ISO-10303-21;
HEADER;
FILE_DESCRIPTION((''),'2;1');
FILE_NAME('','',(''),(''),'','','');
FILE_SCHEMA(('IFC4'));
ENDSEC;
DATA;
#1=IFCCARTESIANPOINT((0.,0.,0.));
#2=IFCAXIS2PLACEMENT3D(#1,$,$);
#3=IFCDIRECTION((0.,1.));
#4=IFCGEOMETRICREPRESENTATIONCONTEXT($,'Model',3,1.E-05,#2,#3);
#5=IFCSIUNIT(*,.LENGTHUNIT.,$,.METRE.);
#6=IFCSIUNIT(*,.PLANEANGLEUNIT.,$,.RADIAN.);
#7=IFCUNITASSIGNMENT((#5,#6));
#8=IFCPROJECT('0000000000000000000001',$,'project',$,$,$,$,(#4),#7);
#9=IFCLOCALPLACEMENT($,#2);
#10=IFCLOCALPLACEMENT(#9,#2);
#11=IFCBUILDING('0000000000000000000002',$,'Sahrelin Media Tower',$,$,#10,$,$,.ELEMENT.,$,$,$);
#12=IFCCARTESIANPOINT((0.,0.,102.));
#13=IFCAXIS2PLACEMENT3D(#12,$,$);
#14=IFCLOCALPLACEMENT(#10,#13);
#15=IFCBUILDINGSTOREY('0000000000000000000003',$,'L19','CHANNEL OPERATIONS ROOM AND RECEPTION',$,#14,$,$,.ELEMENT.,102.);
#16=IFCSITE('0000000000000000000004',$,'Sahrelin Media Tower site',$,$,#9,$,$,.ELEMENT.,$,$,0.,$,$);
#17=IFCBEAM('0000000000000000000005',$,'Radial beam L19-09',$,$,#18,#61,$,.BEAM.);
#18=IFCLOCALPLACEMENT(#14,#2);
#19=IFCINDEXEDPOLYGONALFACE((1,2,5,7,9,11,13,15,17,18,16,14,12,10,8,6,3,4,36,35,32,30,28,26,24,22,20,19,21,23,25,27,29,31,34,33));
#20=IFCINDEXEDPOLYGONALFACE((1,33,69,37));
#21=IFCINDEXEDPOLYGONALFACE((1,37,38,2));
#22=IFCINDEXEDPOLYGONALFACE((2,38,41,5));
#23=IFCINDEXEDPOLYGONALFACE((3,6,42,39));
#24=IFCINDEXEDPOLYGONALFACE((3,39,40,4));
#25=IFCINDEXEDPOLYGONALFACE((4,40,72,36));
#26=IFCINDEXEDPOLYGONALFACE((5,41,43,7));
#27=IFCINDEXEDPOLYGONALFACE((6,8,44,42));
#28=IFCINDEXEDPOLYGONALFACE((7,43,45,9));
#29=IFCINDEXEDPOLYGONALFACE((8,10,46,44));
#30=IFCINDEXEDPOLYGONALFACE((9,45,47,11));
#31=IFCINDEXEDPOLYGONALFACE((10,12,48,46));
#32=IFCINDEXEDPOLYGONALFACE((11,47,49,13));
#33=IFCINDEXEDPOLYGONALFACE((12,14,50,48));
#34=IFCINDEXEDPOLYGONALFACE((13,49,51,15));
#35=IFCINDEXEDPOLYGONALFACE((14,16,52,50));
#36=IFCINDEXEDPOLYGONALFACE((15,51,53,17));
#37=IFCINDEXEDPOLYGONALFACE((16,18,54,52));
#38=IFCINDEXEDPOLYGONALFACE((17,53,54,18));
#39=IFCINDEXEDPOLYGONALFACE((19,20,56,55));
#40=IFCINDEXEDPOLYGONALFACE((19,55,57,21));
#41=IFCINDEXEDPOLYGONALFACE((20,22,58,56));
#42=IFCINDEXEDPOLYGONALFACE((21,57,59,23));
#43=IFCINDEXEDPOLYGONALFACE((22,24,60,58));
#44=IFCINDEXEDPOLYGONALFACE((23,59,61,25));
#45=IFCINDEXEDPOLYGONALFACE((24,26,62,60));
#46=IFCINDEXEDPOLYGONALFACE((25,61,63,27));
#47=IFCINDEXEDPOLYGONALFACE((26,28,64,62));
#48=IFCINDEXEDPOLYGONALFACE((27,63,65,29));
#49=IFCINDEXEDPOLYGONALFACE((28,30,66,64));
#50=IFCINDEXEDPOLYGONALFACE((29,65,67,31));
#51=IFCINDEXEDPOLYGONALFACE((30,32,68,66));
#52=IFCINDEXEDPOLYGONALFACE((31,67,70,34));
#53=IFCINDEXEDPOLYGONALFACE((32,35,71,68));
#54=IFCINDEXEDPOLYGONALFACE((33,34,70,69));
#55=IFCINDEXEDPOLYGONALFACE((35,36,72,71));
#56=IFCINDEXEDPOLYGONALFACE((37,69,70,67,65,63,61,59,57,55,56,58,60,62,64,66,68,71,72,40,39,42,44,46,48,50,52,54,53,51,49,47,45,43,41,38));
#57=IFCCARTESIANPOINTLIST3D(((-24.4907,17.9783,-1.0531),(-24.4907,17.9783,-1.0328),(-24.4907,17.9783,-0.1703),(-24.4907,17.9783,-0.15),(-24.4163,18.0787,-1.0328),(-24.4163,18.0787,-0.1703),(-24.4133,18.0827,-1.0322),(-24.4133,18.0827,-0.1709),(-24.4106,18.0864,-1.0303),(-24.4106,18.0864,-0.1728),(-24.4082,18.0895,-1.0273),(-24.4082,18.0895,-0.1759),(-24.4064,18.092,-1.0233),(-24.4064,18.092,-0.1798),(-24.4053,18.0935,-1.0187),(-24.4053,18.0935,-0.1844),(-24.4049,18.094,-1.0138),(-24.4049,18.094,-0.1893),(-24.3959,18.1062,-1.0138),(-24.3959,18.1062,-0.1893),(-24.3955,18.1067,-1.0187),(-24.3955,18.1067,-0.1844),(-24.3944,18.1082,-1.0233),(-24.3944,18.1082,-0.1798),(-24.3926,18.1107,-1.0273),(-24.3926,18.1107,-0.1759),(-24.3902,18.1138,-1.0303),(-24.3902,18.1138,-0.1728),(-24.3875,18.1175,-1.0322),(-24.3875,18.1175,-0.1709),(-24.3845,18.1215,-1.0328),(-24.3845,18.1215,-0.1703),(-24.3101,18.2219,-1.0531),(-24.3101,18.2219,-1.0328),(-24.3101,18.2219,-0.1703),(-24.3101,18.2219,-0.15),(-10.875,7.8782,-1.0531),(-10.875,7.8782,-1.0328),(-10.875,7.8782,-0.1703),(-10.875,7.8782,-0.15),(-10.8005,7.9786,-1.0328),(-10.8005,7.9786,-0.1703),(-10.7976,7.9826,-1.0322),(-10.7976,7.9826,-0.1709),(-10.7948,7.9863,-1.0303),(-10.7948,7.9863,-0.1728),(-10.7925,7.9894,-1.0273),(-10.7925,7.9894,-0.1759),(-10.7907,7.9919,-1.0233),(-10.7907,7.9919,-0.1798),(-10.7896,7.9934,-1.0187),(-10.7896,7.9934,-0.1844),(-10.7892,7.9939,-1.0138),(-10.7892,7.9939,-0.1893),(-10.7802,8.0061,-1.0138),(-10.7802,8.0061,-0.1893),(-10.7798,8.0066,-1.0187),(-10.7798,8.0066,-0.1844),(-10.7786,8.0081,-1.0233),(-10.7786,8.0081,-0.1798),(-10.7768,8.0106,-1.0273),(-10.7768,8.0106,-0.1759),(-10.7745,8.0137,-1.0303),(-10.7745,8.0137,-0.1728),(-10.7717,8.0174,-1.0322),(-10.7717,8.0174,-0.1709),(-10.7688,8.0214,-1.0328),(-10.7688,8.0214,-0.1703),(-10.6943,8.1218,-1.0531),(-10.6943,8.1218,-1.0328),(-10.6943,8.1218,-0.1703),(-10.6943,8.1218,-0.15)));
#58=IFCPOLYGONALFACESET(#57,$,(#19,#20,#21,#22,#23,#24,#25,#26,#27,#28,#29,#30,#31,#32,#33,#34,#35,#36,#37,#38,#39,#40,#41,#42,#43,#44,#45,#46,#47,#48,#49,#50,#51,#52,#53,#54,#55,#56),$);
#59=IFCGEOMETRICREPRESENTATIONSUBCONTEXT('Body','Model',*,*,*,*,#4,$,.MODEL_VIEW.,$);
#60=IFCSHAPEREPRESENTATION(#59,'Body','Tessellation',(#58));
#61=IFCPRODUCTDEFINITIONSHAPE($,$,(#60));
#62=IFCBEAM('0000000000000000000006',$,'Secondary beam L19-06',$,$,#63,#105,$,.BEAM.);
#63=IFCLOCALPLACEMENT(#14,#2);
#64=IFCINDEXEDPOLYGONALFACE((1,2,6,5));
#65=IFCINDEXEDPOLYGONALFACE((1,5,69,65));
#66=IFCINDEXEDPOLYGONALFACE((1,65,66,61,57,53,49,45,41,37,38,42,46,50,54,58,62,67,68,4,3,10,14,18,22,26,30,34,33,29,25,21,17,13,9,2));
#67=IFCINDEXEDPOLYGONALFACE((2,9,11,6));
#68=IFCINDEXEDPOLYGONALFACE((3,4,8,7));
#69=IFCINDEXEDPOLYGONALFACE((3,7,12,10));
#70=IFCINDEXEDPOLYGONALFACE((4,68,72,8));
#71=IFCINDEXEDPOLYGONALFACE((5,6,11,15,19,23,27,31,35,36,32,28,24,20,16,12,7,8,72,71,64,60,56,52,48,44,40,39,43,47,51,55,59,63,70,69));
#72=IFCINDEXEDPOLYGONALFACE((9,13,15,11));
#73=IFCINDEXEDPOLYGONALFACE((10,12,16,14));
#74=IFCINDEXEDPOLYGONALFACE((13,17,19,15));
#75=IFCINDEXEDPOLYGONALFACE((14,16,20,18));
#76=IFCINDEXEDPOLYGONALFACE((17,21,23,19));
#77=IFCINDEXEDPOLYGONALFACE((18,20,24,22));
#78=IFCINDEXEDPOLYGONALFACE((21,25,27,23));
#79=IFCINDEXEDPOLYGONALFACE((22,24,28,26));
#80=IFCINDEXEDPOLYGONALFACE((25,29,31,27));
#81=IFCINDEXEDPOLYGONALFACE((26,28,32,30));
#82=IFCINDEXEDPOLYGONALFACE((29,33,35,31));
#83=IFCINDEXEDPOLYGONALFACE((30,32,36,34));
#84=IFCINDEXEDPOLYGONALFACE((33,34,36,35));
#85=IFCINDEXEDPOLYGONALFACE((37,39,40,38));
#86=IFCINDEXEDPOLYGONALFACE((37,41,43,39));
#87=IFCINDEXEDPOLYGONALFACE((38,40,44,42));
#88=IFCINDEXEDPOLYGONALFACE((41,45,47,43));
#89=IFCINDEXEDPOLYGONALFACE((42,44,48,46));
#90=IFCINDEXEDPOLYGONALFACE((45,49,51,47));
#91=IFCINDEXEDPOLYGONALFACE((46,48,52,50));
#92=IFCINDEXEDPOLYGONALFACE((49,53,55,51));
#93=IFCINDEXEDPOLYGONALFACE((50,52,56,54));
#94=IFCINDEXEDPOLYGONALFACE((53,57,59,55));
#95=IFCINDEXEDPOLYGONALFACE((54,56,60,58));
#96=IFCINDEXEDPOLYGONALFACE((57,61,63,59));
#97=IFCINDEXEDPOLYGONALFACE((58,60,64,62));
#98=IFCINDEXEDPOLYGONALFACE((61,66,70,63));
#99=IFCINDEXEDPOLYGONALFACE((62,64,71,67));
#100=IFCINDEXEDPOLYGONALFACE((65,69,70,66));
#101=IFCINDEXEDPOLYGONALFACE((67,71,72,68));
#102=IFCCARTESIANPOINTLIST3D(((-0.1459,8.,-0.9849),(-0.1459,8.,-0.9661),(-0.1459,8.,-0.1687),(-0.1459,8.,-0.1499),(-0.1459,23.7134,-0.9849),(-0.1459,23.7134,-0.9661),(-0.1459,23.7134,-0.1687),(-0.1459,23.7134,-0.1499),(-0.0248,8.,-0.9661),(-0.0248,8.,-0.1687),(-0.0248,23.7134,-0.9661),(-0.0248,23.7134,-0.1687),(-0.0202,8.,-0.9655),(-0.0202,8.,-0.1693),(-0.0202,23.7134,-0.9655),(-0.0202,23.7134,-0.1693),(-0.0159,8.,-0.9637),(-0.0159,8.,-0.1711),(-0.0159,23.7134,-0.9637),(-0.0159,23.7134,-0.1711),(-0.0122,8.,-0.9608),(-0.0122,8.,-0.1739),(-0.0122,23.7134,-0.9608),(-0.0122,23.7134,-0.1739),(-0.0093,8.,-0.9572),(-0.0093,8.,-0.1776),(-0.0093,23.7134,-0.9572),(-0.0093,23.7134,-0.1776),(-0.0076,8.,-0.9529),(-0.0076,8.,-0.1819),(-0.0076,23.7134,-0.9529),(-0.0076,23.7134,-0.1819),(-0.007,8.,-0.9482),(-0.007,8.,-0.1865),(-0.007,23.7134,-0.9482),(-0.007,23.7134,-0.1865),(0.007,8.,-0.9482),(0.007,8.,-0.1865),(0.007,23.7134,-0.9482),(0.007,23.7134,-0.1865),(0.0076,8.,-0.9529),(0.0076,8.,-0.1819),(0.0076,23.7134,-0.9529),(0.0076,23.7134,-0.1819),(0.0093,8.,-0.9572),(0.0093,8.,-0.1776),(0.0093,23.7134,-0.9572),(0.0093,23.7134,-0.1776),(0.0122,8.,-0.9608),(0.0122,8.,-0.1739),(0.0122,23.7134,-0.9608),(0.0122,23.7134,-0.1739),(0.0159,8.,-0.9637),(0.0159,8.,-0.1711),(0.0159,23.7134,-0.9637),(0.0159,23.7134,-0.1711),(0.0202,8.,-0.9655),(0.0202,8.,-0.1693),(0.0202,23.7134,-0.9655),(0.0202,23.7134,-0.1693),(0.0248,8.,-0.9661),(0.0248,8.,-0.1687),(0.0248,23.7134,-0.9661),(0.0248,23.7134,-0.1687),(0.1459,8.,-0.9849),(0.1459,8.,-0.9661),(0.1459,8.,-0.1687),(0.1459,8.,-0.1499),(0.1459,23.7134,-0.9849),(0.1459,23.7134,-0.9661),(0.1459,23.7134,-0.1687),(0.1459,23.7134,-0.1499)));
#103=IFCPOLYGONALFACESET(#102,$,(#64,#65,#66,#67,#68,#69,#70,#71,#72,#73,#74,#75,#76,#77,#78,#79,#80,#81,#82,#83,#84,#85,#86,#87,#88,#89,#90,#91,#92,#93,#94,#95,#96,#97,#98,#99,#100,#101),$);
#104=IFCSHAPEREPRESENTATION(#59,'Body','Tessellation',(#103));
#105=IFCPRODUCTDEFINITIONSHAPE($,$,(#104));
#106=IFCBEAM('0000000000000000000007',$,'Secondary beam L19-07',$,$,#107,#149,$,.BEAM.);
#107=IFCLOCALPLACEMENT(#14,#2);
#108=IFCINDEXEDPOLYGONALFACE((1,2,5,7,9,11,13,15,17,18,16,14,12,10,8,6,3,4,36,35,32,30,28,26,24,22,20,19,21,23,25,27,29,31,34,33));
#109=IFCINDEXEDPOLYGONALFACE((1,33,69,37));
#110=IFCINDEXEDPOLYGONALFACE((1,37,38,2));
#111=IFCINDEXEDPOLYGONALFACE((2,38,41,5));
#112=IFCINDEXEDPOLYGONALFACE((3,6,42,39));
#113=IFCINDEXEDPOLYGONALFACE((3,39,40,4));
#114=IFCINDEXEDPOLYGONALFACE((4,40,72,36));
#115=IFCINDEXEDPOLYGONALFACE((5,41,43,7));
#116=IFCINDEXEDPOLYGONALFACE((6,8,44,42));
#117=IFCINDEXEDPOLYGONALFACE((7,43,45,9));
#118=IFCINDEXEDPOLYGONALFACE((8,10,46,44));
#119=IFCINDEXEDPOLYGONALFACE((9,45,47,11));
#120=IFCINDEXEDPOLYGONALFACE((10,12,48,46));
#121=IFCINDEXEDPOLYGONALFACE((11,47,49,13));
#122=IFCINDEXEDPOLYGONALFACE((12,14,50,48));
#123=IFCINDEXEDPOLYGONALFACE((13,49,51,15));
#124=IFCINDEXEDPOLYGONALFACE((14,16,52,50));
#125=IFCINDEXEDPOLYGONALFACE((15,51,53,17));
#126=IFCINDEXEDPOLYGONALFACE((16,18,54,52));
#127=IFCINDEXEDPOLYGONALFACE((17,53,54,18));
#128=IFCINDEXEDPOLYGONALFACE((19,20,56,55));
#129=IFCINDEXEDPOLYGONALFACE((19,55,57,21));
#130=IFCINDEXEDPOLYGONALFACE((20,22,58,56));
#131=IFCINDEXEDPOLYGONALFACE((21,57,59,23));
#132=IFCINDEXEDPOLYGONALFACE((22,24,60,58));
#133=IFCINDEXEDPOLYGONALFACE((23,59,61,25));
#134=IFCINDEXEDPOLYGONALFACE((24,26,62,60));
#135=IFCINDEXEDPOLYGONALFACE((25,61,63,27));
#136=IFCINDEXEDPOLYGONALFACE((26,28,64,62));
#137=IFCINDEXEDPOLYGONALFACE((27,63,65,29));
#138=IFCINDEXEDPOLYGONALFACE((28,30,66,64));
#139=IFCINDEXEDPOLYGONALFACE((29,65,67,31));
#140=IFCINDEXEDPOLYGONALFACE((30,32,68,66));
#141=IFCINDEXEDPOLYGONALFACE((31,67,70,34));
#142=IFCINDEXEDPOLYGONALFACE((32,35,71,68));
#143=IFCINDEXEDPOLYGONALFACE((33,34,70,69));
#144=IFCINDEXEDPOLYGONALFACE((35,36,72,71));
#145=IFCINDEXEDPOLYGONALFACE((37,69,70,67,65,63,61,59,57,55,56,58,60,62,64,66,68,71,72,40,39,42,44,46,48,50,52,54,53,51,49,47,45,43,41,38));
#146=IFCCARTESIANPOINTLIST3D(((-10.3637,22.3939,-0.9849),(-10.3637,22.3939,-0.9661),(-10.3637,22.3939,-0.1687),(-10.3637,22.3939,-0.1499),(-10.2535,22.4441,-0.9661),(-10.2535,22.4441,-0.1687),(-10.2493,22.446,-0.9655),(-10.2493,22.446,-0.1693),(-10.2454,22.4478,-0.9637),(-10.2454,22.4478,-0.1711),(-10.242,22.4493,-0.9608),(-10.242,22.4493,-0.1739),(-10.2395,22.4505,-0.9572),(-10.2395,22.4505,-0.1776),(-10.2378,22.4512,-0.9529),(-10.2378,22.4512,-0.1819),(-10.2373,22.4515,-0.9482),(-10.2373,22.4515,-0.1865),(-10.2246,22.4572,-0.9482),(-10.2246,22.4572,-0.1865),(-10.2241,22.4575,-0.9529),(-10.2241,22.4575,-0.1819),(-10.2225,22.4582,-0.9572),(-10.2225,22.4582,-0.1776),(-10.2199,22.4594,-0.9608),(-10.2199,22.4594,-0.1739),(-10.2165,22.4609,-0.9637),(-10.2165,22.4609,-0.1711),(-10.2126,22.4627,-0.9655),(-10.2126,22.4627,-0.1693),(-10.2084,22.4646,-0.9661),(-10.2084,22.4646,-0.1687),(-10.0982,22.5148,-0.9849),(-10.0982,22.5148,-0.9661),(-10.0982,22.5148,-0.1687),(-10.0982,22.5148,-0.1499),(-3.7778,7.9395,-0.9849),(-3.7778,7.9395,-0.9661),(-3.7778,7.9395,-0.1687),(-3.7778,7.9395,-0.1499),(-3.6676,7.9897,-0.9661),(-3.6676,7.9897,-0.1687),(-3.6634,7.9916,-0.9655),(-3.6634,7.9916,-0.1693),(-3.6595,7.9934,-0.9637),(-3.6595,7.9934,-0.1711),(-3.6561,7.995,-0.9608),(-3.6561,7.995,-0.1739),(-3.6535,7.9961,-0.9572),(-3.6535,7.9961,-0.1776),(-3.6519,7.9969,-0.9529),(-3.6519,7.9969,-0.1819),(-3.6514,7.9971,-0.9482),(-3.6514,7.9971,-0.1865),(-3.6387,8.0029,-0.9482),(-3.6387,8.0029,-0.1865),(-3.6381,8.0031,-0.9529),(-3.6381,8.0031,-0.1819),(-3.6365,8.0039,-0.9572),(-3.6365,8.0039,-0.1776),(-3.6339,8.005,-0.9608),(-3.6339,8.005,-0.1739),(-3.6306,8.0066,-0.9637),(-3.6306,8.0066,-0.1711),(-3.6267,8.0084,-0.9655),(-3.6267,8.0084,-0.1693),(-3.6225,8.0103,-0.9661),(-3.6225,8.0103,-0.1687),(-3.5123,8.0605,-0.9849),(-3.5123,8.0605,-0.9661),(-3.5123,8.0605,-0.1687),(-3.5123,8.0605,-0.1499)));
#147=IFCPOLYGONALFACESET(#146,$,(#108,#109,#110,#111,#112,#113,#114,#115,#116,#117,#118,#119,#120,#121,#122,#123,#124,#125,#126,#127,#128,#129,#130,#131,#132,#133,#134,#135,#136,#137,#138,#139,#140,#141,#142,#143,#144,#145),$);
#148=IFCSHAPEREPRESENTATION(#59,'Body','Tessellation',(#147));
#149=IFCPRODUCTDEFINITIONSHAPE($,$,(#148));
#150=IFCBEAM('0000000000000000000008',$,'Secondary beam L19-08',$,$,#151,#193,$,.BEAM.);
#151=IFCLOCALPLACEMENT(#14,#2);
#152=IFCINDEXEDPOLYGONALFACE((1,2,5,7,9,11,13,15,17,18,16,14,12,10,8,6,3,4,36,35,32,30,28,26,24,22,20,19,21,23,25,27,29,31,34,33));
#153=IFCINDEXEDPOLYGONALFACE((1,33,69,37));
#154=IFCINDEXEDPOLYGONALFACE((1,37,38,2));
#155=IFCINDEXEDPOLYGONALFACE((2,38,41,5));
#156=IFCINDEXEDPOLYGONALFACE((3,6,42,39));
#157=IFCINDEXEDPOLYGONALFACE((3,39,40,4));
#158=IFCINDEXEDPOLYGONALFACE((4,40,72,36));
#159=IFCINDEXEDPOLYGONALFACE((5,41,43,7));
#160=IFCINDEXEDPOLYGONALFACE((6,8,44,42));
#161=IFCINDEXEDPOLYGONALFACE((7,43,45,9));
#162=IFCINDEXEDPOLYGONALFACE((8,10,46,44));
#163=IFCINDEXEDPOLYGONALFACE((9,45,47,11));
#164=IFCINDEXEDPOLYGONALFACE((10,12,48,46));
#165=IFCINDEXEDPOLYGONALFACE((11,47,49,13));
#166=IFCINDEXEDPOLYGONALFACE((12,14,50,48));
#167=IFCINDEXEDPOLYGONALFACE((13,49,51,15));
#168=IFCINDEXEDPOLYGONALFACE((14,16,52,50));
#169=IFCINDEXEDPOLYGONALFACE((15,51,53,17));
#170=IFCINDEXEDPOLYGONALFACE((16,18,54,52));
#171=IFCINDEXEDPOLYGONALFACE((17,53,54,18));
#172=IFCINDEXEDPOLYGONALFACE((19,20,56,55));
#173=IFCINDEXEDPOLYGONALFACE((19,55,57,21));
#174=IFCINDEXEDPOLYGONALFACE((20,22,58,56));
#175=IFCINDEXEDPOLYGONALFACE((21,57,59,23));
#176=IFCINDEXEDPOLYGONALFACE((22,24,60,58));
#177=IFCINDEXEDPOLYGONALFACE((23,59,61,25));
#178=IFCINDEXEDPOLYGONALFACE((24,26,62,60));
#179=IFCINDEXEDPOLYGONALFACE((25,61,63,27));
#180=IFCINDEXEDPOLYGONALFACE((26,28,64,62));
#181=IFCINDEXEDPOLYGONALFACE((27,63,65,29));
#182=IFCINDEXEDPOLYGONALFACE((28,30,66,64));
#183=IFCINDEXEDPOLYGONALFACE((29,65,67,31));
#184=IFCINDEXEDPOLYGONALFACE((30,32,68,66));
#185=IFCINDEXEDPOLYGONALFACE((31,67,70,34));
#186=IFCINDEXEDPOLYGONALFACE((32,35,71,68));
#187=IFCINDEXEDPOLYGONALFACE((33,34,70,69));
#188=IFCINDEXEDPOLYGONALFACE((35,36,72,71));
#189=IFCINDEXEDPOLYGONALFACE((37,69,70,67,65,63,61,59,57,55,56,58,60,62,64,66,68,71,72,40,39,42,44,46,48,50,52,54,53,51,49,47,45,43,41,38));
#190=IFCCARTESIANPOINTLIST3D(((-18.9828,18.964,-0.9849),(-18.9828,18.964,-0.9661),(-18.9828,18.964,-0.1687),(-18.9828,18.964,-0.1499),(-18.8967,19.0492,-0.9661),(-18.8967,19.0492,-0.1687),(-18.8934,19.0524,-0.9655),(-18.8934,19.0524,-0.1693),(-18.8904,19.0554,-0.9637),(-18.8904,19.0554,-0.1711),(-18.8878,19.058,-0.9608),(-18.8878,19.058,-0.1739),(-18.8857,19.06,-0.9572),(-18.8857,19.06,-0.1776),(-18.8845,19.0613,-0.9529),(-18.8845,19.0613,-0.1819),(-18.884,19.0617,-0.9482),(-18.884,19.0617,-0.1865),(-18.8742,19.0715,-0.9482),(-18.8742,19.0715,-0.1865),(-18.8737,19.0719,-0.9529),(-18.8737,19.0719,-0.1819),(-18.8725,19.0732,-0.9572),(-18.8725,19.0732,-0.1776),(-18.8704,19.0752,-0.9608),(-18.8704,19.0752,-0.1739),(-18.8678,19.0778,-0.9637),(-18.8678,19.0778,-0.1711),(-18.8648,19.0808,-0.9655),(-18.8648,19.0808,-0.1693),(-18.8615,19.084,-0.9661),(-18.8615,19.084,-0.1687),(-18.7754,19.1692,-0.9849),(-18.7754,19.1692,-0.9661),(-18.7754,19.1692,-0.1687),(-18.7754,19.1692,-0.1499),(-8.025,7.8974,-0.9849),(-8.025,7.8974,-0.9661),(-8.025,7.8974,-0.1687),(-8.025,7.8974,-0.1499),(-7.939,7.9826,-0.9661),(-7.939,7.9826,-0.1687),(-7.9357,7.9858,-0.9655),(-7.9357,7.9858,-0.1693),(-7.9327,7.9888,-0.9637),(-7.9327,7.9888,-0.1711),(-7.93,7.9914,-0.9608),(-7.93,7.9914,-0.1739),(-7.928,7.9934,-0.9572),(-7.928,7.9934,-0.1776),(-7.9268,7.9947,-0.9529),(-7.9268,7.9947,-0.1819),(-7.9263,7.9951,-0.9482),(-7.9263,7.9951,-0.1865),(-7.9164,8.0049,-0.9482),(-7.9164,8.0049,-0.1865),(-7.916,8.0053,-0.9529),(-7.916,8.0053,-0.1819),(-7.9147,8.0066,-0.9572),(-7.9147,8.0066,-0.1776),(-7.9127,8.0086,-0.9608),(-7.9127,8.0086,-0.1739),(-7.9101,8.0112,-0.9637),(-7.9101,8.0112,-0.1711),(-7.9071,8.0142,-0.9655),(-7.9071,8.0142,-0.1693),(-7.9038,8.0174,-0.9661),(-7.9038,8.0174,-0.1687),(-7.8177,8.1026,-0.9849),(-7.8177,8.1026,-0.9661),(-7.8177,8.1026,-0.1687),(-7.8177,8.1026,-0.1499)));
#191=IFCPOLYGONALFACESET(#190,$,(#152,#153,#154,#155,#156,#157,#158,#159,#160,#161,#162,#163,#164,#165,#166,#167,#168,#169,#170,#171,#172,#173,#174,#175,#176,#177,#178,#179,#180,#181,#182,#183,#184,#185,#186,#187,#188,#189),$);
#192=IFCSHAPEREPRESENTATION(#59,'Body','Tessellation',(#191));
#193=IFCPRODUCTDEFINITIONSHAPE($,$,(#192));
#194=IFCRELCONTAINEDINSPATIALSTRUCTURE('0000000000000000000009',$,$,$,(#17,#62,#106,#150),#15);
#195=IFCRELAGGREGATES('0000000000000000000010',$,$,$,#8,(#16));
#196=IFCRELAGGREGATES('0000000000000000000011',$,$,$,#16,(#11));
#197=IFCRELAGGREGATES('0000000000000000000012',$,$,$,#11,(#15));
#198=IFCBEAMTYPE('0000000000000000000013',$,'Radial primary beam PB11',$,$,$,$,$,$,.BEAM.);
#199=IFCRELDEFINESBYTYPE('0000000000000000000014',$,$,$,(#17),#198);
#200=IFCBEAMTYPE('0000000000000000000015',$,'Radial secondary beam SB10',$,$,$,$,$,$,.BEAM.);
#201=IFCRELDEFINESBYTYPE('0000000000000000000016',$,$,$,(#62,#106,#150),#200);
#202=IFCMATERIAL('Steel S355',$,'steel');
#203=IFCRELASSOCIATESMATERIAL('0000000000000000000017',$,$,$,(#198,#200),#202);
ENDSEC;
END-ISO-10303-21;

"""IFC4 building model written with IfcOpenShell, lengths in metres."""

from ifc_helpers import new_model, si_unit, direction, frame, origin, origin_2d, place, context, subcontext, project, spatial, i_section, extrude, material, material_profile, profile_set, type_object, element, save


model = new_model("IFC4")

# Units and contexts
model_context = context("Model", 3, precision=1e-05, world=origin(), true_north=direction((0.0, 1.0)))
body_context = subcontext(model_context, "Body", "Model", "MODEL_VIEW")
ifc_project = project(units=[si_unit("LENGTHUNIT", "METRE"), si_unit("PLANEANGLEUNIT", "RADIAN")], contexts=[model_context])

# Site, building, storey
site_placement = place(None, origin())
site = spatial("IfcSite", under=ifc_project, at=site_placement, Name="Sahrelin Media Tower site", CompositionType="ELEMENT", RefElevation=0.0)
building_placement = place(site_placement, origin())
building = spatial("IfcBuilding", under=site, at=building_placement, Name="Sahrelin Media Tower", CompositionType="ELEMENT")
storey_placement = place(building_placement, frame((0.0, 0.0, 102.0)))
storey = spatial("IfcBuildingStorey", under=building, at=storey_placement, Name="L19", Description="CHANNEL OPERATIONS ROOM AND RECEPTION", CompositionType="ELEMENT", Elevation=102.0)

# Shared definitions
ifc_material_1 = material(Name="Steel S355", Category="steel")

# Beams
ifc_material_profile_1 = material_profile(ifc_material_1, i_section(OverallWidth=0.3032, OverallDepth=0.9031, WebThickness=0.0151, FlangeThickness=0.0203, FilletRadius=0.019, at=origin_2d()), Name="UB 914x305x201")
ifc_profile_set_1 = profile_set([ifc_material_profile_1], Name="Steel S355")
beam_type_1 = type_object("IfcBeamType", Name="Radial primary beam PB11", PredefinedType="BEAM", material=ifc_profile_set_1)
beam_1_placement = place(storey_placement, frame((-10.7847, 8.0, -0.6016), z_axis=(-0.803151, 0.595775, 0.0), x_axis=(-0.595775, -0.803151, 0.0)))
element("IfcBeam", 1, at=beam_1_placement, inside=storey, type_object=beam_type_1, Name="Radial beam L19-09", PredefinedType="BEAM", context=body_context, shape_type="SweptSolid", body=[
    extrude(i_section(OverallWidth=0.3032, OverallDepth=0.9031, WebThickness=0.0151, FlangeThickness=0.0203, FilletRadius=0.019, at=origin_2d()), origin(), (0.0, 0.0, 1.0), 16.9529),
])
ifc_material_profile_2 = material_profile(ifc_material_1, i_section(OverallWidth=0.2917, OverallDepth=0.835, WebThickness=0.0139, FlangeThickness=0.0188, FilletRadius=0.0178, at=origin_2d()), Name="UB 838x292x176")
ifc_profile_set_2 = profile_set([ifc_material_profile_2], Name="Steel S355")
beam_type_2 = type_object("IfcBeamType", Name="Radial secondary beam SB10", PredefinedType="BEAM", material=ifc_profile_set_2)
beam_2_placement = place(storey_placement, frame((0.0, 8.0, -0.5674), z_axis=(0.0, 1.0, 0.0), x_axis=(-1.0, 0.0, 0.0)))
element("IfcBeam", 2, at=beam_2_placement, inside=storey, type_object=beam_type_2, Name="Secondary beam L19-06", PredefinedType="BEAM", context=body_context, shape_type="SweptSolid", body=[
    extrude(i_section(OverallWidth=0.2917, OverallDepth=0.835, WebThickness=0.0139, FlangeThickness=0.0188, FilletRadius=0.0178, at=origin_2d()), origin(), (0.0, 0.0, 1.0), 15.7134),
])
beam_3_placement = place(storey_placement, frame((-3.645, 8.0, -0.5674), z_axis=(-0.414626, 0.909992, 0.0), x_axis=(-0.909992, -0.414626, 0.0)))
element("IfcBeam", 3, at=beam_3_placement, inside=storey, type_object=beam_type_2, Name="Secondary beam L19-07", PredefinedType="BEAM", context=body_context, shape_type="SweptSolid", body=[
    extrude(i_section(OverallWidth=0.2917, OverallDepth=0.835, WebThickness=0.0139, FlangeThickness=0.0188, FilletRadius=0.0178, at=origin_2d()), origin(), (0.0, 0.0, 1.0), 15.884),
])
beam_4_placement = place(storey_placement, frame((-7.9214, 8.0, -0.5674), z_axis=(-0.703602, 0.710594, 0.0), x_axis=(-0.710594, -0.703602, 0.0)))
element("IfcBeam", 4, at=beam_4_placement, inside=storey, type_object=beam_type_2, Name="Secondary beam L19-08", PredefinedType="BEAM", context=body_context, shape_type="SweptSolid", body=[
    extrude(i_section(OverallWidth=0.2917, OverallDepth=0.835, WebThickness=0.0139, FlangeThickness=0.0188, FilletRadius=0.0178, at=origin_2d()), origin(), (0.0, 0.0, 1.0), 15.5737),
])

save(model, "model.ifc")
